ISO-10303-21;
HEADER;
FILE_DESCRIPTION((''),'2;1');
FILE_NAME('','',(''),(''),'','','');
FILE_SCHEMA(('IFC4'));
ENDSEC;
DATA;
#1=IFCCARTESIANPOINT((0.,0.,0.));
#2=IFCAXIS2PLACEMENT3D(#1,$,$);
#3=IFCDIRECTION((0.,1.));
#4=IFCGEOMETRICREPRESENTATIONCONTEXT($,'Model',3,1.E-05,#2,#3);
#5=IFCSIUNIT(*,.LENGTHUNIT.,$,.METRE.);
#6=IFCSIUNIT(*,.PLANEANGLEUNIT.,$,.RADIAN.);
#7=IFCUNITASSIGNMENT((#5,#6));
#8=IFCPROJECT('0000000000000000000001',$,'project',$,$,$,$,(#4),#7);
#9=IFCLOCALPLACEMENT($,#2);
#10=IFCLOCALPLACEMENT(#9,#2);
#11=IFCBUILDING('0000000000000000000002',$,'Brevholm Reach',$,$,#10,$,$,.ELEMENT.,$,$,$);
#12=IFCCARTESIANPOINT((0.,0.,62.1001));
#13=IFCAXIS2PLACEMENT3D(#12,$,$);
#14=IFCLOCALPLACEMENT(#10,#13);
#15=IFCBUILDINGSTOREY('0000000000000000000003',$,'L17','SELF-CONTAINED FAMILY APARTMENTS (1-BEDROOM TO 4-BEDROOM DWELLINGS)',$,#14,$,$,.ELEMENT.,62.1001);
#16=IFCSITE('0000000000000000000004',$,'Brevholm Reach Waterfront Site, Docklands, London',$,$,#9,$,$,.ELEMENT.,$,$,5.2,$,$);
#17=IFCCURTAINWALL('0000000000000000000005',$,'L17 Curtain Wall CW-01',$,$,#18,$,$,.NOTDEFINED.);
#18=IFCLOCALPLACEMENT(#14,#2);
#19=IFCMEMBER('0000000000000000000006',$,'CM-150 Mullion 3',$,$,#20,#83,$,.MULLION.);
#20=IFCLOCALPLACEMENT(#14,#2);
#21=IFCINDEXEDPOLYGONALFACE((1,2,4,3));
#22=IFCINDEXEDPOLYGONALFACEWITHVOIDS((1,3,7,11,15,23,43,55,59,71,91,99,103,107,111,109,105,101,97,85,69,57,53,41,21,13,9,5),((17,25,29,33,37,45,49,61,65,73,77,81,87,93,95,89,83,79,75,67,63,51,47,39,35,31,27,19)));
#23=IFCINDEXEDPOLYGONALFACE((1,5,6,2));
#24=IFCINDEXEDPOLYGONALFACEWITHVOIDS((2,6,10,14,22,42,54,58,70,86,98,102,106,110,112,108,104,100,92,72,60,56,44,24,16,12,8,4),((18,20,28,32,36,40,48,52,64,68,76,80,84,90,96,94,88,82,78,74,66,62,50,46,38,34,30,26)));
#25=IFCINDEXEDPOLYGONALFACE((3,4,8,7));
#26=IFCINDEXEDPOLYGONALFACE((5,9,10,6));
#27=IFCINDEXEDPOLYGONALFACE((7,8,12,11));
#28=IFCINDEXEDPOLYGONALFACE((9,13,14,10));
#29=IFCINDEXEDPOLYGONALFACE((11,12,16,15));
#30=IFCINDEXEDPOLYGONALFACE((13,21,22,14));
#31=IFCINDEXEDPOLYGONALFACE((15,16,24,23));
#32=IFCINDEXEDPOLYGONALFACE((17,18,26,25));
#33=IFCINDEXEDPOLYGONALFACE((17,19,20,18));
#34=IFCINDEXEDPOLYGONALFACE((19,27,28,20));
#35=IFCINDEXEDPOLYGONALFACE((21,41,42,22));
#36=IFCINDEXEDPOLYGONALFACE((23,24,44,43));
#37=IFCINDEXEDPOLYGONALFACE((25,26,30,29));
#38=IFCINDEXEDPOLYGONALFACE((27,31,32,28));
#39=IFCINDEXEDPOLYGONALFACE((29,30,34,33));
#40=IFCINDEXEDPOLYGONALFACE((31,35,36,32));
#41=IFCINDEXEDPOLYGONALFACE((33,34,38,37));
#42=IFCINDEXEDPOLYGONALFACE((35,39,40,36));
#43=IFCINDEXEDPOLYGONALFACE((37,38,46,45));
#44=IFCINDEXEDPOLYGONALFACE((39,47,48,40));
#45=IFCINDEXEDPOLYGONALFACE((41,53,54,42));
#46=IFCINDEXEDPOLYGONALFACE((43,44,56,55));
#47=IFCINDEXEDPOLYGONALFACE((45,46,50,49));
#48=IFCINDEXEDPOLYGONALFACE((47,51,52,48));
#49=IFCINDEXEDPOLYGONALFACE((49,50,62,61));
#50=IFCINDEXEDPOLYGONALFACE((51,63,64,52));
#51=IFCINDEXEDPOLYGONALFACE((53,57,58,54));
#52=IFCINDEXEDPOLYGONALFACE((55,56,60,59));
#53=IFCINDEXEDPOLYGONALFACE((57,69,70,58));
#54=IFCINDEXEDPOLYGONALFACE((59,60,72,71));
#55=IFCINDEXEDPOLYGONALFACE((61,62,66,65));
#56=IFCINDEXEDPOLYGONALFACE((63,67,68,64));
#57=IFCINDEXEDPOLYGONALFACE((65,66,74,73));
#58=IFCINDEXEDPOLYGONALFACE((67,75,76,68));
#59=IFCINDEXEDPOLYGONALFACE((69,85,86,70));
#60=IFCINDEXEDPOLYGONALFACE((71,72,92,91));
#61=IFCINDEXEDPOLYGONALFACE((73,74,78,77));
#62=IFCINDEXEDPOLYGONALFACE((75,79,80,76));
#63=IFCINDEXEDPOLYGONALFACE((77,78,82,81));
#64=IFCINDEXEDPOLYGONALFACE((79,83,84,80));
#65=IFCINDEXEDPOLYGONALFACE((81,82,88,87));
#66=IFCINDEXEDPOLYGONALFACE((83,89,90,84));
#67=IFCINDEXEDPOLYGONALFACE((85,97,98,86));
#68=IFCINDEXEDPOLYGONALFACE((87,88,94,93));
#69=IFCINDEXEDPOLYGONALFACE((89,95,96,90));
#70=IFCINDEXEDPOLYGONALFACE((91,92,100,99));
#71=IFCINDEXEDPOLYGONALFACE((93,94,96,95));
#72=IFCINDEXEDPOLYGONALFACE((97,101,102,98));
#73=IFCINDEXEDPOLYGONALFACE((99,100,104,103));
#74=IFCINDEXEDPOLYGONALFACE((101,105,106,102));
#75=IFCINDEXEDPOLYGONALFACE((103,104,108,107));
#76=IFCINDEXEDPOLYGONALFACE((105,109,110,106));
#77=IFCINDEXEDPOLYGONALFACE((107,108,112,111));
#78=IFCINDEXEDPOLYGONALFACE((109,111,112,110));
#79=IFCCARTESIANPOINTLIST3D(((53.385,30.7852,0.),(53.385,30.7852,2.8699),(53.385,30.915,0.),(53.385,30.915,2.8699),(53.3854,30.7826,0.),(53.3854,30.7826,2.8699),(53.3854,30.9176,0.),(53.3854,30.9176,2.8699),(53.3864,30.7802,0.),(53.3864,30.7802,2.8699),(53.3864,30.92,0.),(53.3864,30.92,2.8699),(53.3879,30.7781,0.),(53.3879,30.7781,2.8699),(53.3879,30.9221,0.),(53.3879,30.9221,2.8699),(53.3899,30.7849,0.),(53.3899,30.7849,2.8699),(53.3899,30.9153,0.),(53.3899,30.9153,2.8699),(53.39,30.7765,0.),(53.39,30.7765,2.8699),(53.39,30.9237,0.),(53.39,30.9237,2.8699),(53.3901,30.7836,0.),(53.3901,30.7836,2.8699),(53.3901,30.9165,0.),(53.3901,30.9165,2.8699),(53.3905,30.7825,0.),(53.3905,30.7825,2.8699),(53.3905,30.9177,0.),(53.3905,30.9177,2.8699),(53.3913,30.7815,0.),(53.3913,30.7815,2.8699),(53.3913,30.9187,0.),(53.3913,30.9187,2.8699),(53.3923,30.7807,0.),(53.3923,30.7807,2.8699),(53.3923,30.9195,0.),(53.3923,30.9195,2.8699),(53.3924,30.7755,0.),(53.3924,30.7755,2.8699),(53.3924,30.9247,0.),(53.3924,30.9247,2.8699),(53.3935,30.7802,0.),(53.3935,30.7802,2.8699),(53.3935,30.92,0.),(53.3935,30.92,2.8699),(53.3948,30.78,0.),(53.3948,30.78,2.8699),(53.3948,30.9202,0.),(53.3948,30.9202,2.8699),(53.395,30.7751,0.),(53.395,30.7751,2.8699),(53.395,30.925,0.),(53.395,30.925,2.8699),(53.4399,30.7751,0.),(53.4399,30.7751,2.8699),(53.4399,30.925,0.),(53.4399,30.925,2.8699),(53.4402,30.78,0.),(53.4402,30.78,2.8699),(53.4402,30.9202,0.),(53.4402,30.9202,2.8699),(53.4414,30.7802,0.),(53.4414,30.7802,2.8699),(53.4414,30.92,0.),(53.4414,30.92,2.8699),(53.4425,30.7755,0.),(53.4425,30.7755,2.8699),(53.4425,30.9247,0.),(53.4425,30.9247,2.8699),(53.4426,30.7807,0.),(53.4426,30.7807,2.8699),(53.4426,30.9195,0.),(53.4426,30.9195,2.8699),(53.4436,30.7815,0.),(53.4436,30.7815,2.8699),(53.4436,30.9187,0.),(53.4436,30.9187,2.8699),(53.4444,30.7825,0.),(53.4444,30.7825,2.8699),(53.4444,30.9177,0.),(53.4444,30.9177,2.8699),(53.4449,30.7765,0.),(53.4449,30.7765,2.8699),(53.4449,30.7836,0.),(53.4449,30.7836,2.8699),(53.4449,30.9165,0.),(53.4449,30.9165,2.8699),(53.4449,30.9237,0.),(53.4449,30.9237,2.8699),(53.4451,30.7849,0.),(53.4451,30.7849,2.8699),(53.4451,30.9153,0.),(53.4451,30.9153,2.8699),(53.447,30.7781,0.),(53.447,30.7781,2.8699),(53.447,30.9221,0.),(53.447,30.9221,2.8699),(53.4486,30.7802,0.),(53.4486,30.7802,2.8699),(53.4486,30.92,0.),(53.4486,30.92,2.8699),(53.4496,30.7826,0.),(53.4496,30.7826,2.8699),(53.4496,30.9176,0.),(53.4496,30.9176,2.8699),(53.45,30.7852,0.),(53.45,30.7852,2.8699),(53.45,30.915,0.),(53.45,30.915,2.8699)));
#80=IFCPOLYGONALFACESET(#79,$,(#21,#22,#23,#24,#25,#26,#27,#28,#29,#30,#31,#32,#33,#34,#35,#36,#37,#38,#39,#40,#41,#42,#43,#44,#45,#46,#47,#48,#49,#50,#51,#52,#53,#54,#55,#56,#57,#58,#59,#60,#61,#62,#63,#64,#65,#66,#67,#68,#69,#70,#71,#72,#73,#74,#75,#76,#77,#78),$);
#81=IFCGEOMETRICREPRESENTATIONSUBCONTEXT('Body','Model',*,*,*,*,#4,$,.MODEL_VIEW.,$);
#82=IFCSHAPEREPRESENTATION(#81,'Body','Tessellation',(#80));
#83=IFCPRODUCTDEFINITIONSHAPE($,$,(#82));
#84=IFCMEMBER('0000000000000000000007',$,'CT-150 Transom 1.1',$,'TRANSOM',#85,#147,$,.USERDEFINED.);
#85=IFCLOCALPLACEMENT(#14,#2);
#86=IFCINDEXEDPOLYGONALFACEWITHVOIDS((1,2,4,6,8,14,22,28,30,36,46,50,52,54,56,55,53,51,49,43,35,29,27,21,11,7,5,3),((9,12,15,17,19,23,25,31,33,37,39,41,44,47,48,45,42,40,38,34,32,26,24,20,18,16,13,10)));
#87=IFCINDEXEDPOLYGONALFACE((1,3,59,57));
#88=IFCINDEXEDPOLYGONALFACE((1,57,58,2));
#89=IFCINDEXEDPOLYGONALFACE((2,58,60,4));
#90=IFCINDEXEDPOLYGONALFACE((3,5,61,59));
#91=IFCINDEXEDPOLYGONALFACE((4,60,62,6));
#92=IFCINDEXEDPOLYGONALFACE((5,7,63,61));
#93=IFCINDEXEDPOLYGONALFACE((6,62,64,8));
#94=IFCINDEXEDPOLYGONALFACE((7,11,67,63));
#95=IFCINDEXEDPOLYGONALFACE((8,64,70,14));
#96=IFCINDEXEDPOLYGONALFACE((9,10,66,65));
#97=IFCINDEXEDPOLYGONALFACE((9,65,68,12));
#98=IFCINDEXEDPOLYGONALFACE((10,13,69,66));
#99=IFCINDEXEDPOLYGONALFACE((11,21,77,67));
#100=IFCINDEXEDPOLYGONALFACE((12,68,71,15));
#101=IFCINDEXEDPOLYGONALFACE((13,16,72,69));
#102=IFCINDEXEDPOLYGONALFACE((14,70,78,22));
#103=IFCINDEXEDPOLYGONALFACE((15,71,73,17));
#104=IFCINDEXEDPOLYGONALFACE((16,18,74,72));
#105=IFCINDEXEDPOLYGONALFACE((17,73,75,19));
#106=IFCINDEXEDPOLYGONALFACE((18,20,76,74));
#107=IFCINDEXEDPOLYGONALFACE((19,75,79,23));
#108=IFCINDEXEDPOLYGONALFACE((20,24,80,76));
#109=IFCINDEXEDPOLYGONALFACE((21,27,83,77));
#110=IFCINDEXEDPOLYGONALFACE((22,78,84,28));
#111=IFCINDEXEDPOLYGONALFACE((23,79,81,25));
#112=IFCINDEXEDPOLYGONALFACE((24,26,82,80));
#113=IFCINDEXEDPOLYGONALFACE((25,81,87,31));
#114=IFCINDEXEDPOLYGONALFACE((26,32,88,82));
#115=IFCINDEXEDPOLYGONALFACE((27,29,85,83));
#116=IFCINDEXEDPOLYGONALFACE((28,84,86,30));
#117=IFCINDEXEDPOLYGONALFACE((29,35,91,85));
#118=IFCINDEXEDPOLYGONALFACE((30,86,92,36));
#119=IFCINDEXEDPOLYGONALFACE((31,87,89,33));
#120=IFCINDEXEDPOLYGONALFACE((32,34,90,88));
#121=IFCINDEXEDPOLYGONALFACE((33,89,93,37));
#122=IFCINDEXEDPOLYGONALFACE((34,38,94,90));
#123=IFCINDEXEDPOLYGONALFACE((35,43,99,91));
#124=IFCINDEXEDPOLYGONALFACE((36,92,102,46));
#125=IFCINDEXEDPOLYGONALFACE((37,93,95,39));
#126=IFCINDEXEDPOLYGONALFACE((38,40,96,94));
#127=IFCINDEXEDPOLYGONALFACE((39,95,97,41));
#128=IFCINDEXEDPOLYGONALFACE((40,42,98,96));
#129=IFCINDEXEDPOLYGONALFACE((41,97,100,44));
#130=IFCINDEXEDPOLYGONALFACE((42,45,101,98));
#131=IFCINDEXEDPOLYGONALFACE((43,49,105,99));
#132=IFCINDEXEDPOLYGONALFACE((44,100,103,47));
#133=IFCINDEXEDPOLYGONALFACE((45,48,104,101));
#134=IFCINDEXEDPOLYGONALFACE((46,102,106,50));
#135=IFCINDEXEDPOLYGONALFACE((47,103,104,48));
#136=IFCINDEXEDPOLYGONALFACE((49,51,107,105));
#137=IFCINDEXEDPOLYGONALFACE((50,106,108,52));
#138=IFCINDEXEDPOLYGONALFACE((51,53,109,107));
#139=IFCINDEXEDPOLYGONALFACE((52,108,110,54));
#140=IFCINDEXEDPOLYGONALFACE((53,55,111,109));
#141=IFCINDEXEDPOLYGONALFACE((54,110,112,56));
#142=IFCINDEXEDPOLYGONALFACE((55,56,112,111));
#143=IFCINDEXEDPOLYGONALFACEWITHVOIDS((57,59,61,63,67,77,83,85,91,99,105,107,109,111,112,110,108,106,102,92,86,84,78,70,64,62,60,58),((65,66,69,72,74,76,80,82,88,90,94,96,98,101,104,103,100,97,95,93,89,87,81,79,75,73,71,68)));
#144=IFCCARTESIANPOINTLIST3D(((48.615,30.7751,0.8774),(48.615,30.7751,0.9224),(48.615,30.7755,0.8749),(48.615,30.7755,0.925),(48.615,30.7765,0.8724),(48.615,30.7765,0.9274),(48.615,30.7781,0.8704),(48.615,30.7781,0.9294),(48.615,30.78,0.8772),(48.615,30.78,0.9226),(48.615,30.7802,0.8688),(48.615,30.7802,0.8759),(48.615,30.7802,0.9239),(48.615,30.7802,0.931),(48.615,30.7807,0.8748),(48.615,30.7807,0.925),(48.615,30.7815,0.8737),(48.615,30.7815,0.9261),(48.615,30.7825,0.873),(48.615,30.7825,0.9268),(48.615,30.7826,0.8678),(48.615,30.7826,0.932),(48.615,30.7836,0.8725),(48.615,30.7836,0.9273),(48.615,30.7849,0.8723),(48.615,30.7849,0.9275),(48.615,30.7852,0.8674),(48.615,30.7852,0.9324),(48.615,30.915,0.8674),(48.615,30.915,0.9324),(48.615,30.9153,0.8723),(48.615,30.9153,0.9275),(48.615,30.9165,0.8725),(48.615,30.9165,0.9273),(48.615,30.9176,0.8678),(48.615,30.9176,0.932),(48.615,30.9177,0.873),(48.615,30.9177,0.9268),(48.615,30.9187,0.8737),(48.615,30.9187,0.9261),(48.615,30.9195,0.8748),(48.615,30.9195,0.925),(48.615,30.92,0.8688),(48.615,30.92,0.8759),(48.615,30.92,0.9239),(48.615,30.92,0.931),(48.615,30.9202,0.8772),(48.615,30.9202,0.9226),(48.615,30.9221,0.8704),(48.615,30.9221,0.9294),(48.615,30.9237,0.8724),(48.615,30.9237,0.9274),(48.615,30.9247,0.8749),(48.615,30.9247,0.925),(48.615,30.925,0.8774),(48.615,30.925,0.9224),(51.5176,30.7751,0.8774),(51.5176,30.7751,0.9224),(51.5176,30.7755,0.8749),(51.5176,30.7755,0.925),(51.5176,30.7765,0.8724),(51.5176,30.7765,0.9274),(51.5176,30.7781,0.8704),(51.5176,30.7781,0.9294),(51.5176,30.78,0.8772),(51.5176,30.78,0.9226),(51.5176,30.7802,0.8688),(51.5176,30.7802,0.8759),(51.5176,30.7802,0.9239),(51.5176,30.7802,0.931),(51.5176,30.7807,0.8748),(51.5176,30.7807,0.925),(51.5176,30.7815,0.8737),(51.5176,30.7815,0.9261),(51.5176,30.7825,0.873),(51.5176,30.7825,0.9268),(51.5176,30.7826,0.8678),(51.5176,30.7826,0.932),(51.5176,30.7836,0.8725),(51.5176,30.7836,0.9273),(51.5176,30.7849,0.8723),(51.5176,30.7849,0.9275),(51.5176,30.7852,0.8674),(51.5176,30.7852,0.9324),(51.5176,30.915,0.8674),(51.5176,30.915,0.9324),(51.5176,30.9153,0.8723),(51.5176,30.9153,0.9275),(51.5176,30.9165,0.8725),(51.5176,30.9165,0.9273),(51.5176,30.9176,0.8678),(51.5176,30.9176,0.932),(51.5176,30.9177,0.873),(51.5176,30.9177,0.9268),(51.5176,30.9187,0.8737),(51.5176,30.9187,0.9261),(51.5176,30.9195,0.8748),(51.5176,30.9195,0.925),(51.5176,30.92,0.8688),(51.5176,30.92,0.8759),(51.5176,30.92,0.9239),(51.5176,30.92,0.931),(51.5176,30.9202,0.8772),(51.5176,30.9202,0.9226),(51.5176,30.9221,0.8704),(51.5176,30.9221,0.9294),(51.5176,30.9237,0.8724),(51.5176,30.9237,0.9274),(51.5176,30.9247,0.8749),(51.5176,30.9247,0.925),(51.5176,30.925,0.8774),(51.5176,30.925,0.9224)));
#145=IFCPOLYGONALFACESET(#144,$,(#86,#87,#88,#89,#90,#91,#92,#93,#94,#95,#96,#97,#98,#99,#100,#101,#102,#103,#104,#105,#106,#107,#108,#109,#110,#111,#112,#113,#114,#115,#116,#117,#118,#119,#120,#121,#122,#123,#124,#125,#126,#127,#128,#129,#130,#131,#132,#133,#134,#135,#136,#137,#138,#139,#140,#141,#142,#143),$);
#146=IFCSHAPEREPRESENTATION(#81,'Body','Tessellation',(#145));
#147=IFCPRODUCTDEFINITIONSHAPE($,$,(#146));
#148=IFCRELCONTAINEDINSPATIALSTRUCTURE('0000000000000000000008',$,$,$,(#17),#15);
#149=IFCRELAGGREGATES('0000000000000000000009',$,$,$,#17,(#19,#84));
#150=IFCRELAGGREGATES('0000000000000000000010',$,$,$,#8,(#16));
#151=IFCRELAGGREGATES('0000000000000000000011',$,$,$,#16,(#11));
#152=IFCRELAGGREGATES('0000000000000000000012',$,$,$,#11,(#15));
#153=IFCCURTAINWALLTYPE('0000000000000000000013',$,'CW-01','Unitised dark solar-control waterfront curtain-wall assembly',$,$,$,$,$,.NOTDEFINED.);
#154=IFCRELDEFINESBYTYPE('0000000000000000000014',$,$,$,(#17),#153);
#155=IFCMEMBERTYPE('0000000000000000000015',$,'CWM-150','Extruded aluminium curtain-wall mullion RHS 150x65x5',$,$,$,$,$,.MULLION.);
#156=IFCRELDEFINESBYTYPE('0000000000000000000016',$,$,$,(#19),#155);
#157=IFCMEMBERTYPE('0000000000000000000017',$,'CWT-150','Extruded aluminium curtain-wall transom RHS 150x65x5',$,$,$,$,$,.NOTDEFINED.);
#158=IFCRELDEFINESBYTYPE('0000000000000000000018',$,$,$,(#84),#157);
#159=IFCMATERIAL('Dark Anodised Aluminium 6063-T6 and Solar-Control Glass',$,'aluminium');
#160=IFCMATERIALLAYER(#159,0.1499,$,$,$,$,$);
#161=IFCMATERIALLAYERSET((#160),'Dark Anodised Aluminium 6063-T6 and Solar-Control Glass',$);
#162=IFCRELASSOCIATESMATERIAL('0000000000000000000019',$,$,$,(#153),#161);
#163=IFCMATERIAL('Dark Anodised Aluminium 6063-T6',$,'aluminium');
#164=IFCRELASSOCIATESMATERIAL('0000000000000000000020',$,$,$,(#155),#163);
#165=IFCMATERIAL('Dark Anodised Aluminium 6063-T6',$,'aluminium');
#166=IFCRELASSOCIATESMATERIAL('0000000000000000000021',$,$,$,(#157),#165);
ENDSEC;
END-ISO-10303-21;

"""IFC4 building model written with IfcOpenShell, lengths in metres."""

from ifc_helpers import new_model, si_unit, direction, frame, origin, origin_2d, place, context, subcontext, project, spatial, hollow_rectangle, extrude, material, layer, layer_set, material_profile, profile_set, type_object, element, aggregate, save


model = new_model("IFC4")

# Units and contexts
model_context = context("Model", 3, precision=1e-05, world=origin(), true_north=direction((0.0, 1.0)))
body_context = subcontext(model_context, "Body", "Model", "MODEL_VIEW")
ifc_project = project(units=[si_unit("LENGTHUNIT", "METRE"), si_unit("PLANEANGLEUNIT", "RADIAN")], contexts=[model_context])

# Site, building, storey
site_placement = place(None, origin())
site = spatial("IfcSite", under=ifc_project, at=site_placement, Name="Brevholm Reach Waterfront Site, Docklands, London", CompositionType="ELEMENT", RefElevation=5.2)
building_placement = place(site_placement, origin())
building = spatial("IfcBuilding", under=site, at=building_placement, Name="Brevholm Reach", CompositionType="ELEMENT")
storey_placement = place(building_placement, frame((0.0, 0.0, 62.1001)))
storey = spatial("IfcBuildingStorey", under=building, at=storey_placement, Name="L17", Description="SELF-CONTAINED FAMILY APARTMENTS (1-BEDROOM TO 4-BEDROOM DWELLINGS)", CompositionType="ELEMENT", Elevation=62.1001)

# Curtain wall, members
ifc_material_1 = material(Name="Dark Anodised Aluminium 6063-T6 and Solar-Control Glass", Category="aluminium")
ifc_layer_1 = layer(ifc_material_1, 0.1499)
ifc_layer_set_1 = layer_set([ifc_layer_1], Name="Dark Anodised Aluminium 6063-T6 and Solar-Control Glass")
curtain_wall_type = type_object("IfcCurtainWallType", Name="CW-01", Description="Unitised dark solar-control waterfront curtain-wall assembly", PredefinedType="NOTDEFINED", material=ifc_layer_set_1)
curtain_wall_placement = place(storey_placement, origin())
curtain_wall = element("IfcCurtainWall", 1, at=curtain_wall_placement, inside=storey, type_object=curtain_wall_type, Name="L17 Curtain Wall CW-01", PredefinedType="NOTDEFINED")
ifc_material_2 = material(Name="Dark Anodised Aluminium 6063-T6", Category="aluminium")
ifc_material_profile_1 = material_profile(ifc_material_2, hollow_rectangle(XDim=0.0649, YDim=0.1499, WallThickness=0.0049, InnerFilletRadius=0.0049, OuterFilletRadius=0.01, at=origin_2d()), Name="RHS 150x65x5")
ifc_profile_set_1 = profile_set([ifc_material_profile_1], Name="Dark Anodised Aluminium 6063-T6")
member_type_1 = type_object("IfcMemberType", Name="CWM-150", Description="Extruded aluminium curtain-wall mullion RHS 150x65x5", PredefinedType="MULLION", material=ifc_profile_set_1)
member_1_placement = place(storey_placement, frame((53.4175, 30.8501, 0.0), z_axis=(0.0, 0.0, 1.0), x_axis=(1.0, 0.0, 0.0)))
member_1 = element("IfcMember", 2, at=member_1_placement, type_object=member_type_1, Name="CM-150 Mullion 3", PredefinedType="MULLION", context=body_context, shape_type="SweptSolid", body=[
    extrude(hollow_rectangle(XDim=0.0649, YDim=0.1499, WallThickness=0.0049, InnerFilletRadius=0.0049, OuterFilletRadius=0.01, at=origin_2d()), origin(), (0.0, 0.0, 1.0), 2.8699),
])
ifc_material_3 = material(Name="Dark Anodised Aluminium 6063-T6", Category="aluminium")
ifc_material_profile_2 = material_profile(ifc_material_3, hollow_rectangle(XDim=0.0649, YDim=0.1499, WallThickness=0.0049, InnerFilletRadius=0.0049, OuterFilletRadius=0.01, at=origin_2d()), Name="RHS 150x65x5")
ifc_profile_set_2 = profile_set([ifc_material_profile_2], Name="Dark Anodised Aluminium 6063-T6")
member_type_2 = type_object("IfcMemberType", Name="CWT-150", Description="Extruded aluminium curtain-wall transom RHS 150x65x5", PredefinedType="NOTDEFINED", material=ifc_profile_set_2)
member_2_placement = place(storey_placement, frame((48.615, 30.8501, 0.8999), z_axis=(1.0, 0.0, 0.0), x_axis=(0.0, 0.0, 1.0)))
member_2 = element("IfcMember", 3, at=member_2_placement, type_object=member_type_2, Name="CT-150 Transom 1.1", ObjectType="TRANSOM", PredefinedType="USERDEFINED", context=body_context, shape_type="SweptSolid", body=[
    extrude(hollow_rectangle(XDim=0.0649, YDim=0.1499, WallThickness=0.0049, InnerFilletRadius=0.0049, OuterFilletRadius=0.01, at=origin_2d()), origin(), (0.0, 0.0, 1.0), 2.9026),
])
aggregate(curtain_wall, [member_1, member_2])

save(model, "model.ifc")
